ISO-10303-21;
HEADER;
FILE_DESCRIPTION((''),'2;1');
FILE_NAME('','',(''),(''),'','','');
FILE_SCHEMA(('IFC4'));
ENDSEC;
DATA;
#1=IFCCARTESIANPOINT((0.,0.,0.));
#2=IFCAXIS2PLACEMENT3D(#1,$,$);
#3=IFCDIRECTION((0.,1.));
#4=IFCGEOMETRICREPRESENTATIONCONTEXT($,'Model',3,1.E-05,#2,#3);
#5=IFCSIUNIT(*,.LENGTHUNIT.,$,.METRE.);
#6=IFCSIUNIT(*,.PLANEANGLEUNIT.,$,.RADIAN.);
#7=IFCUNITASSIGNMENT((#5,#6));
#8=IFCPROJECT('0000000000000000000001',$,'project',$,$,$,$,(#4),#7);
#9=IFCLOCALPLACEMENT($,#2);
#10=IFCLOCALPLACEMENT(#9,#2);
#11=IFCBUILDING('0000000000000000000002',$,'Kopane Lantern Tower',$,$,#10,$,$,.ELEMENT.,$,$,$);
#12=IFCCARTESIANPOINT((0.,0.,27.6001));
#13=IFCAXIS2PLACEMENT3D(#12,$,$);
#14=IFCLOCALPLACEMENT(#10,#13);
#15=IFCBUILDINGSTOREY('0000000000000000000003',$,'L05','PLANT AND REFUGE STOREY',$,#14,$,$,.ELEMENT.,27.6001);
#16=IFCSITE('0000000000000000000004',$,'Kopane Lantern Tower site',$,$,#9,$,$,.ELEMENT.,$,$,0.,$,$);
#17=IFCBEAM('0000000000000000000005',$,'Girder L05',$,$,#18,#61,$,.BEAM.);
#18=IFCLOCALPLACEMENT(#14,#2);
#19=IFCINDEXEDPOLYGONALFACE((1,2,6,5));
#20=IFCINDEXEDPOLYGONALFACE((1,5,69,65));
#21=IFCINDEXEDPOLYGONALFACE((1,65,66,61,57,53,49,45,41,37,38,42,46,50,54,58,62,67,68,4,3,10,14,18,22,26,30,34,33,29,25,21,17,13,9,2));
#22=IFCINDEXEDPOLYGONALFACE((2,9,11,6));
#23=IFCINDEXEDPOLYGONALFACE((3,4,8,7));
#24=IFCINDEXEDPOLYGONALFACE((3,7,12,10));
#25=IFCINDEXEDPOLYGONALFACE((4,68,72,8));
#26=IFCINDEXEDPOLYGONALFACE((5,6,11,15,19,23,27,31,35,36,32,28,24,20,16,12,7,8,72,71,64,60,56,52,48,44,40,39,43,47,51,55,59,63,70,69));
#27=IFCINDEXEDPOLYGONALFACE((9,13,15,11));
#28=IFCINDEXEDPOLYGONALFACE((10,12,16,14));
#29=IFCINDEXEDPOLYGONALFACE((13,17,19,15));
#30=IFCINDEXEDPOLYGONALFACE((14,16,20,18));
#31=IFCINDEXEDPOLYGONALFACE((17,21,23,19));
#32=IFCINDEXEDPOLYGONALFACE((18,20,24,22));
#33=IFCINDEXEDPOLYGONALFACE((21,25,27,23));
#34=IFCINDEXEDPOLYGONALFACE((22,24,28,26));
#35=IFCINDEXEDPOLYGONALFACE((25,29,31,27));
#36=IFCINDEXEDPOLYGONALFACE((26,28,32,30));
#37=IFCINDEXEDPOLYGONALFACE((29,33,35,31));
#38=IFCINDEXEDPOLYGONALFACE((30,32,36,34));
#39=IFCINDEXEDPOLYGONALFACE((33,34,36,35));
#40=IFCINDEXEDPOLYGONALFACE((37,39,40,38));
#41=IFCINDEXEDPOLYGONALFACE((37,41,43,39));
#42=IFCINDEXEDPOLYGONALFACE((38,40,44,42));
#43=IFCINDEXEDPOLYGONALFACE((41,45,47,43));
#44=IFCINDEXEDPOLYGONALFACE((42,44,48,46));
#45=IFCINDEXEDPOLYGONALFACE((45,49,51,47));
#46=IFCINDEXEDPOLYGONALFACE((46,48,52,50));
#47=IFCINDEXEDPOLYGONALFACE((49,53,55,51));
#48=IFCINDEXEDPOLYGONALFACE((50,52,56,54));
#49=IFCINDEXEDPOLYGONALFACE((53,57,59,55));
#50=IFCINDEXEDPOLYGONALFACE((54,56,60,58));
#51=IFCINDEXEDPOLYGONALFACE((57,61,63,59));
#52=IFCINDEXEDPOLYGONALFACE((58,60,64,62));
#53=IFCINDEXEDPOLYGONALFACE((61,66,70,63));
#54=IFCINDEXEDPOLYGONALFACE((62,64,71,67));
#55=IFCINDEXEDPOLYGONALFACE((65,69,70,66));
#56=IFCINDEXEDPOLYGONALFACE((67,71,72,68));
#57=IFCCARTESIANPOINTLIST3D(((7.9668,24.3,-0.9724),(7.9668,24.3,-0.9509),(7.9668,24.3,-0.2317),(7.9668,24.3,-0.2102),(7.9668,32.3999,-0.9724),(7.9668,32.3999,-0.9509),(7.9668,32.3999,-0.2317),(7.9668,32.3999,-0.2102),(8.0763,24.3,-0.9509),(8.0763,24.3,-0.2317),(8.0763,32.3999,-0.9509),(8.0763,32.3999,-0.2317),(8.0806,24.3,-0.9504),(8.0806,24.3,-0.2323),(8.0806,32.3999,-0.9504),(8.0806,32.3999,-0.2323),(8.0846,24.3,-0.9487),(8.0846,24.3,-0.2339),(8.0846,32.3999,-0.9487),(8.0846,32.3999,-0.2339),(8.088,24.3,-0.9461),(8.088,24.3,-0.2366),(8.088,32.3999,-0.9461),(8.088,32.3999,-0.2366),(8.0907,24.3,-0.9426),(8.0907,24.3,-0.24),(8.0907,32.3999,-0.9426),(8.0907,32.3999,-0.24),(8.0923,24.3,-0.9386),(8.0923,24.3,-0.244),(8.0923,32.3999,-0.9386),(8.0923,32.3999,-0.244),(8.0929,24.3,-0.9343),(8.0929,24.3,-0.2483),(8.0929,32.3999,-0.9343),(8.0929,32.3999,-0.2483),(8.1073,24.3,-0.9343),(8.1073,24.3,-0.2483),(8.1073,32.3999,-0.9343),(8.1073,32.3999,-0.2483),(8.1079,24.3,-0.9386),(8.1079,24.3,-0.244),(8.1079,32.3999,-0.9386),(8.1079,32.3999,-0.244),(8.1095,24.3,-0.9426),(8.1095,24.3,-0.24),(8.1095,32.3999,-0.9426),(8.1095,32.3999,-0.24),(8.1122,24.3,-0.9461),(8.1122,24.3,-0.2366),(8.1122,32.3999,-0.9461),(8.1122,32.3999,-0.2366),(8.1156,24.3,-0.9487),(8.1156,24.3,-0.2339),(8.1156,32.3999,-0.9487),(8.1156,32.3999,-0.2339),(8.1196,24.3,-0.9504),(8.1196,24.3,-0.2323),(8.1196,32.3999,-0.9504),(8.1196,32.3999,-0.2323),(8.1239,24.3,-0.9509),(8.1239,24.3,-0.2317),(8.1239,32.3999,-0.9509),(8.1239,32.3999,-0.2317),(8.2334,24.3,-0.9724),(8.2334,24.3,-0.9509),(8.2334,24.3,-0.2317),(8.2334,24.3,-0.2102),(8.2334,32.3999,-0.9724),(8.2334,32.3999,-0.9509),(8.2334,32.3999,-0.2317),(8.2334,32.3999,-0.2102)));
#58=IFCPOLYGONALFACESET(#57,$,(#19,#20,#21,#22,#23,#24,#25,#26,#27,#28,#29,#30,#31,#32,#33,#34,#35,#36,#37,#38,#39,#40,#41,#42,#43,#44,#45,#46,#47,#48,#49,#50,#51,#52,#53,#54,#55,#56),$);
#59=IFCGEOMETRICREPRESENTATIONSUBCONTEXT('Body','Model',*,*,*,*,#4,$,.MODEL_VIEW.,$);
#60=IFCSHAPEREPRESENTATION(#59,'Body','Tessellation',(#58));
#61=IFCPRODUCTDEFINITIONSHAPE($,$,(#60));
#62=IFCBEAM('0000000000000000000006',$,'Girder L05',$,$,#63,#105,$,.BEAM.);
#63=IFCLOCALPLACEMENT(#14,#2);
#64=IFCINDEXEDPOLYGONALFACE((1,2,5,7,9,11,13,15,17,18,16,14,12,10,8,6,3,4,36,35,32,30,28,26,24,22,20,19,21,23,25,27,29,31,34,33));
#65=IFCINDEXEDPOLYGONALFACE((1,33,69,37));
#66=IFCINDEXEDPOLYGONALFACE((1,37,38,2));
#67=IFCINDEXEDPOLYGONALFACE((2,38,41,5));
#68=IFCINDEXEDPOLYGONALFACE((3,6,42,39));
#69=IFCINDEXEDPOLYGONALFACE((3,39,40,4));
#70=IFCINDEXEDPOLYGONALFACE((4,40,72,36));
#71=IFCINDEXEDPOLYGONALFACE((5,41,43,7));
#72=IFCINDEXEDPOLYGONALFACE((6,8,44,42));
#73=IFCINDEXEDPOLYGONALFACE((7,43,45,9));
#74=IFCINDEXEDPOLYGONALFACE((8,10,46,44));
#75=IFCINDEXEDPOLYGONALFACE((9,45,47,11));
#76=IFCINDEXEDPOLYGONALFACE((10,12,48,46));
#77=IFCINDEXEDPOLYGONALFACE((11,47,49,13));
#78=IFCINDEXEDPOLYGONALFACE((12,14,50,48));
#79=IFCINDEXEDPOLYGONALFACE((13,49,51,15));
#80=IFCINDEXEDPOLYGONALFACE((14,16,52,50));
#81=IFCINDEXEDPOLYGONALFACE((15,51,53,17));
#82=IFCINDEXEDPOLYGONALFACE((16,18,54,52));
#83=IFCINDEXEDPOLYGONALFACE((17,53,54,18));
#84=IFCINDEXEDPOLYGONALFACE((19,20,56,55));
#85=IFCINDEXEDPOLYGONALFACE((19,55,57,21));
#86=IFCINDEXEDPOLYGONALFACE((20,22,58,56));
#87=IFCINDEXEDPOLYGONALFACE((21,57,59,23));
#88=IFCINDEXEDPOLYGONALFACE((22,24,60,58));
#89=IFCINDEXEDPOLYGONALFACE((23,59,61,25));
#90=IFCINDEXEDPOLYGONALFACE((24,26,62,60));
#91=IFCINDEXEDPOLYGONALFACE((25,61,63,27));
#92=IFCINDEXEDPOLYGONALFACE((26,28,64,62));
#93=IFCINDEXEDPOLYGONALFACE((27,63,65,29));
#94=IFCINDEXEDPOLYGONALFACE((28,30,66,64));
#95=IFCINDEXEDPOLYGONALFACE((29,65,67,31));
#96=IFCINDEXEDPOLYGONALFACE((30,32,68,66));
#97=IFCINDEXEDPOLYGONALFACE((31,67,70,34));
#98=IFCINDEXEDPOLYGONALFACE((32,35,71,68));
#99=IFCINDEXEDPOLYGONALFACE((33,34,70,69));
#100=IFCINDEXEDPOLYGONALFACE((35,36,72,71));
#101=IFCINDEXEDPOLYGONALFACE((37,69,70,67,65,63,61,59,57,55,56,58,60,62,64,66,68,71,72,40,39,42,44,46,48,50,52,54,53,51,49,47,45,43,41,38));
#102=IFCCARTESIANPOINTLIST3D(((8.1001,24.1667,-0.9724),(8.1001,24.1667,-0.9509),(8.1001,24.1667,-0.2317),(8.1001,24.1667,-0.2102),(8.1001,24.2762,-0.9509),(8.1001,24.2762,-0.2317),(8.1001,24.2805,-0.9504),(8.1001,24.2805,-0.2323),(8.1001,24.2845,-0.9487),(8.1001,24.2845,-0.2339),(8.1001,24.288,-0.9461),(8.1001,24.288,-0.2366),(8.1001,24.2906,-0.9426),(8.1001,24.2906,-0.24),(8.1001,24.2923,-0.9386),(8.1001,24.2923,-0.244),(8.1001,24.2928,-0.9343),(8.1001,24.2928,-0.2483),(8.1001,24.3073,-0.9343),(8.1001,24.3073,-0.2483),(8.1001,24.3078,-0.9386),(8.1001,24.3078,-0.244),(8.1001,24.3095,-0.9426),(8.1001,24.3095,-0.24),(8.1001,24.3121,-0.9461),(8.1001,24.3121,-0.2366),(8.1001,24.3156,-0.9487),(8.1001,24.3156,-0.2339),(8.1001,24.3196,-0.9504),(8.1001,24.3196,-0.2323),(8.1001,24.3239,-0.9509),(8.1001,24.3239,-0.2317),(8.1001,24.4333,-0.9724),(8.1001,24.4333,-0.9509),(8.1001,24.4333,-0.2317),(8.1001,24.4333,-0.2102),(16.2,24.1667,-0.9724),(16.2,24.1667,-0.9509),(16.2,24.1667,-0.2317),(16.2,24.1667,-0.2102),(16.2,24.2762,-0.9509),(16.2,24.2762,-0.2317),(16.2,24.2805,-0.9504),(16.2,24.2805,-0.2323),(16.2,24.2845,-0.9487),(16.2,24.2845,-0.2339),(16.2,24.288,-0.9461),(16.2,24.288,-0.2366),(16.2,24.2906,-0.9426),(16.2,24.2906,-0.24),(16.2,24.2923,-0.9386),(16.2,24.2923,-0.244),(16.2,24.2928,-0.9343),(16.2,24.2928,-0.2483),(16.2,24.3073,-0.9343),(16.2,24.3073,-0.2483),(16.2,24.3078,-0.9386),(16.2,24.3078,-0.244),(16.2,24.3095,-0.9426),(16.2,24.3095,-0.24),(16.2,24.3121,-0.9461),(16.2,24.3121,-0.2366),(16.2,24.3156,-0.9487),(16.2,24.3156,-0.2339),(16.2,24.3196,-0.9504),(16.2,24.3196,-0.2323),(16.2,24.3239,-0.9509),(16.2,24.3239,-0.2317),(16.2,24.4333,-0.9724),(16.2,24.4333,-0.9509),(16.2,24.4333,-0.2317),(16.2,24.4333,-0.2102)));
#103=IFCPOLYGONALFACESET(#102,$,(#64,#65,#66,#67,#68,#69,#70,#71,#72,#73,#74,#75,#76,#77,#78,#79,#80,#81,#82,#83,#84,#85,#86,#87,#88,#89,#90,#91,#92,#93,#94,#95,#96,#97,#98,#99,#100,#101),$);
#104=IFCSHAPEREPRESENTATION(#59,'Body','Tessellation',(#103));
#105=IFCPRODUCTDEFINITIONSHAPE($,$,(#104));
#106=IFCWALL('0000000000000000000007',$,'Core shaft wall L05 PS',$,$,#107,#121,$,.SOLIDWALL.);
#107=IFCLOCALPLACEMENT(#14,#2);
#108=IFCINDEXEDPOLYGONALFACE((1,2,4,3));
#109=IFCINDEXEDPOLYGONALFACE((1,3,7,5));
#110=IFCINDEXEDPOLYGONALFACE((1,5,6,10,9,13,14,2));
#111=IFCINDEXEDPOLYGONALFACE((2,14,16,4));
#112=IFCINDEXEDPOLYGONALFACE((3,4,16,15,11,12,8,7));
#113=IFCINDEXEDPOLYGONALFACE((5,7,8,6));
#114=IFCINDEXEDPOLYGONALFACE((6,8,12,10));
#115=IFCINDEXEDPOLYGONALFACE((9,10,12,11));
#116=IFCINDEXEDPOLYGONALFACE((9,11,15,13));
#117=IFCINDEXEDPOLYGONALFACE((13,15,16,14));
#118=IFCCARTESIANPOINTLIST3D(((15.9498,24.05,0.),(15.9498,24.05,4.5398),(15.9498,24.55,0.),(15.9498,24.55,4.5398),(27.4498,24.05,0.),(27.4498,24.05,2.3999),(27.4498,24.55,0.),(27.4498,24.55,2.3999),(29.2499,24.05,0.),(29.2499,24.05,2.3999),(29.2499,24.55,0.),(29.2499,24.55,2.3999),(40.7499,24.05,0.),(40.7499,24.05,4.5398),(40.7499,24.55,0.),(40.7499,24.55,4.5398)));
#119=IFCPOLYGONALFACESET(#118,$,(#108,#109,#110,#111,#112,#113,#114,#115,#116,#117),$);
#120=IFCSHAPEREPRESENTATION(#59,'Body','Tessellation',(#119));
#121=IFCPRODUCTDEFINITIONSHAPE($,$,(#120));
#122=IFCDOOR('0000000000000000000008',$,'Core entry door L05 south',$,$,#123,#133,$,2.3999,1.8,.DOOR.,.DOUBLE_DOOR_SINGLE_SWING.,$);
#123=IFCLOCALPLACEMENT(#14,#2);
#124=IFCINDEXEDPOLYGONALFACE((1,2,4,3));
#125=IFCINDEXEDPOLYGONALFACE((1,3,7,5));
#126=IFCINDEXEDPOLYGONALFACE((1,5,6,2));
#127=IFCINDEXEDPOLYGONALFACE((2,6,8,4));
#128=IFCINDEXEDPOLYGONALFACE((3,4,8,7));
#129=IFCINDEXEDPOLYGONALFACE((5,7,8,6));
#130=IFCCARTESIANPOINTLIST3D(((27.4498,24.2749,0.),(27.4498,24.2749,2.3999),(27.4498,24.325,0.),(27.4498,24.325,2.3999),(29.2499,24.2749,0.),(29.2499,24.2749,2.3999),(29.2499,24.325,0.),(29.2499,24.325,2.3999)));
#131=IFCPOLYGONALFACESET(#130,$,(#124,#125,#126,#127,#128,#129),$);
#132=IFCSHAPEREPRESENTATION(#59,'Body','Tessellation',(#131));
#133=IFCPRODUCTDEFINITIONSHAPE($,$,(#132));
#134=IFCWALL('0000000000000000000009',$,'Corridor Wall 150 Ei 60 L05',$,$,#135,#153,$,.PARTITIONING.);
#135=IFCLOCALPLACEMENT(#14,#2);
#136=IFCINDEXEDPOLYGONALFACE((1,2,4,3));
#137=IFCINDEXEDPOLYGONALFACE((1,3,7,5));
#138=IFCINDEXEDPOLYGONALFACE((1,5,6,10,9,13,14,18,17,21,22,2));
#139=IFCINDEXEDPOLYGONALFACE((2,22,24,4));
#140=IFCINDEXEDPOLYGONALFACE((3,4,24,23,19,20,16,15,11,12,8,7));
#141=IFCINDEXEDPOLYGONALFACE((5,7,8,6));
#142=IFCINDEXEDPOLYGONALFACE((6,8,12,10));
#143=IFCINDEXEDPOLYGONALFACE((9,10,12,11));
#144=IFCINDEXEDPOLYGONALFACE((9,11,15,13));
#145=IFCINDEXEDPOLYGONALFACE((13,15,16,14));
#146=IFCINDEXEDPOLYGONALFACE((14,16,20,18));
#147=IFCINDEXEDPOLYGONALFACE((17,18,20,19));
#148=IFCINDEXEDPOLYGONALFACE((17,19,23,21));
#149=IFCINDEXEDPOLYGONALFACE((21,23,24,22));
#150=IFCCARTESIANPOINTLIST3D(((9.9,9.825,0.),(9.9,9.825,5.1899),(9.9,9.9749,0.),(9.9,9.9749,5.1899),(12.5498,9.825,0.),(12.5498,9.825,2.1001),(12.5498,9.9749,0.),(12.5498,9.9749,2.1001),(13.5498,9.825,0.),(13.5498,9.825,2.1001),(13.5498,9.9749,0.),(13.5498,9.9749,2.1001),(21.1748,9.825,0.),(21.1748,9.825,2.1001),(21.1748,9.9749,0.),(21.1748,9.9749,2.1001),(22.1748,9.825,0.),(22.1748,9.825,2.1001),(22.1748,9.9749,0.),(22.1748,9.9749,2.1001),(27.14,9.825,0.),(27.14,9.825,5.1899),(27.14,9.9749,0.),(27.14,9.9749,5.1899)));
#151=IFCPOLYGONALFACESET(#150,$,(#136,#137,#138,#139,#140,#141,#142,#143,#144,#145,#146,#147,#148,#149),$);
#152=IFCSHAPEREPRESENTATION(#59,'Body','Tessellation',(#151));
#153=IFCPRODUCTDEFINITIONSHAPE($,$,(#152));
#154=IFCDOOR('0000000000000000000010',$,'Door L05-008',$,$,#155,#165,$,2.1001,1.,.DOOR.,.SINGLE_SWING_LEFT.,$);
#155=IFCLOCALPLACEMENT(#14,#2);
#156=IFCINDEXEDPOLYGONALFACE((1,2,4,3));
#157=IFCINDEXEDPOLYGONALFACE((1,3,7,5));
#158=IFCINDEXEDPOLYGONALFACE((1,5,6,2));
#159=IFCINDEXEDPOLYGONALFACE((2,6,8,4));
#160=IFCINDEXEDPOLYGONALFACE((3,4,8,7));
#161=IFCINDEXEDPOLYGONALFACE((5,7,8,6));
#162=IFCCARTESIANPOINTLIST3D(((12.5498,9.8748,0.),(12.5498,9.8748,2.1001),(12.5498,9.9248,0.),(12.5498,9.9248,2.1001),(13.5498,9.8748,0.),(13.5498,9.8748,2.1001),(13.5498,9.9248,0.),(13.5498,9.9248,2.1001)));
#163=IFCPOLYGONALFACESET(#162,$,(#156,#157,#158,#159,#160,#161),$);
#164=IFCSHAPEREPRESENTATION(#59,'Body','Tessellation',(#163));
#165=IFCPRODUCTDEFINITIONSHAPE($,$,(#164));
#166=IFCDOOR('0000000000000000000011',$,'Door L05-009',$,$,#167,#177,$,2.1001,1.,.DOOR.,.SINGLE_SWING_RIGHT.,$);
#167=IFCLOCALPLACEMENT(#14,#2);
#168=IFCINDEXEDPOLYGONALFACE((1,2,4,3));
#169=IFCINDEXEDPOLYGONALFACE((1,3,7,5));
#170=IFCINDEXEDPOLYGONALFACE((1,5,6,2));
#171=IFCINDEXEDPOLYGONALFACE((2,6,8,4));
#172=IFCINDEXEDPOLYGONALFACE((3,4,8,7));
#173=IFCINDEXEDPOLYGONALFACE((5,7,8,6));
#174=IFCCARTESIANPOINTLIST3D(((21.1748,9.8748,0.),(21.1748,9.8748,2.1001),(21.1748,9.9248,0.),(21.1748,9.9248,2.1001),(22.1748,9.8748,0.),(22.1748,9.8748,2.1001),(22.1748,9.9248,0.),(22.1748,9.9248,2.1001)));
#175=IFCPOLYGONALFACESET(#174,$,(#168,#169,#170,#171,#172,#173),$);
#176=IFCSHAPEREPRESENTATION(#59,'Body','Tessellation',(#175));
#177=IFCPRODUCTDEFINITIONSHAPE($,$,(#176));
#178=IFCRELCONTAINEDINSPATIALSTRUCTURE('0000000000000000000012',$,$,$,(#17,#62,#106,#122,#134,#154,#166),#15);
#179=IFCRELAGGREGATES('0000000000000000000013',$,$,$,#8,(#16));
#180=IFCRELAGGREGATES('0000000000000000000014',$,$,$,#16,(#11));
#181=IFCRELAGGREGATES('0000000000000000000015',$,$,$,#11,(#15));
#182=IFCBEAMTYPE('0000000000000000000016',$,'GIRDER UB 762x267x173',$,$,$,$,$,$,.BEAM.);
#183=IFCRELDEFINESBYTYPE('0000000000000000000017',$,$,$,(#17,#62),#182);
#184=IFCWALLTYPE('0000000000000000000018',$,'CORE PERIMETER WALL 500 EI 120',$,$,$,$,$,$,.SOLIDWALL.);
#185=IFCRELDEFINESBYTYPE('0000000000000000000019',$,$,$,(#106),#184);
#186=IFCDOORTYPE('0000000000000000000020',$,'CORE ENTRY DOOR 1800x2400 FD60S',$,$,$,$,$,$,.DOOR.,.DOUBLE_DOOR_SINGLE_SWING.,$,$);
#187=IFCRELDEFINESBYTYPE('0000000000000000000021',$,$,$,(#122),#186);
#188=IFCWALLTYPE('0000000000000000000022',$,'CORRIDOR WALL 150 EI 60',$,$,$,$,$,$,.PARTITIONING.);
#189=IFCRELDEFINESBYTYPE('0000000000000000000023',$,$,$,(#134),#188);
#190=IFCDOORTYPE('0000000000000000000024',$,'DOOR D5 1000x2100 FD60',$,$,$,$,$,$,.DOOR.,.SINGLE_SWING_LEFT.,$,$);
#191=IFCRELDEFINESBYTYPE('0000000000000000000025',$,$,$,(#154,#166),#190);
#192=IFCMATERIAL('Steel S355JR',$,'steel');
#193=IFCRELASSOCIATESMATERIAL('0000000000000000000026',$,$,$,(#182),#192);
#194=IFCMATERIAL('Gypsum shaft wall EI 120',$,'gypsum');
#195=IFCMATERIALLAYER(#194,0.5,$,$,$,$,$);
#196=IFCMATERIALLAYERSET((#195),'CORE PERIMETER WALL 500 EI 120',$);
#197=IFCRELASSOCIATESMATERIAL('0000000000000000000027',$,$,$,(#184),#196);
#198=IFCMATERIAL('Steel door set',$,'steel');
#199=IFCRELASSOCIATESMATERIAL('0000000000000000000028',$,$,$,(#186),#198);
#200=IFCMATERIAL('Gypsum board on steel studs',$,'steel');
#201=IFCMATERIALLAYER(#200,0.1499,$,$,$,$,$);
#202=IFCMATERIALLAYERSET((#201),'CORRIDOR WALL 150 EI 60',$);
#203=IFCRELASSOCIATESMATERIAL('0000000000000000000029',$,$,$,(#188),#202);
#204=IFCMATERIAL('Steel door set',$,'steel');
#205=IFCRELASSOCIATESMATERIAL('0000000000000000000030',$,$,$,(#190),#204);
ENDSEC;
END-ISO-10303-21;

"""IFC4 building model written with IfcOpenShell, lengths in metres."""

from ifc_helpers import new_model, si_unit, direction, frame, frame_2d, origin, origin_2d, place, context, subcontext, project, spatial, rectangle, i_section, extrude, material, layer, layer_set, material_profile, profile_set, type_object, element, fill, save


model = new_model("IFC4")

# Units and contexts
model_context = context("Model", 3, precision=1e-05, world=origin(), true_north=direction((0.0, 1.0)))
body_context = subcontext(model_context, "Body", "Model", "MODEL_VIEW")
ifc_project = project(units=[si_unit("LENGTHUNIT", "METRE"), si_unit("PLANEANGLEUNIT", "RADIAN")], contexts=[model_context])

# Site, building, storey
site_placement = place(None, origin())
site = spatial("IfcSite", under=ifc_project, at=site_placement, Name="Kopane Lantern Tower site", CompositionType="ELEMENT", RefElevation=0.0)
building_placement = place(site_placement, origin())
building = spatial("IfcBuilding", under=site, at=building_placement, Name="Kopane Lantern Tower", CompositionType="ELEMENT")
storey_placement = place(building_placement, frame((0.0, 0.0, 27.6001)))
storey = spatial("IfcBuildingStorey", under=building, at=storey_placement, Name="L05", Description="PLANT AND REFUGE STOREY", CompositionType="ELEMENT", Elevation=27.6001)

# Beams
ifc_material_1 = material(Name="Steel S355JR", Category="steel")
ifc_material_profile_1 = material_profile(ifc_material_1, i_section(OverallWidth=0.2666, OverallDepth=0.7622, WebThickness=0.0144, FlangeThickness=0.0215, FilletRadius=0.0166, at=origin_2d()), Name="UB 762x267x173")
ifc_profile_set_1 = profile_set([ifc_material_profile_1], Name="Steel S355JR")
beam_type = type_object("IfcBeamType", Name="GIRDER UB 762x267x173", PredefinedType="BEAM", material=ifc_profile_set_1)
for number, where, z_axis, x_axis, name in (
    (1, (8.1001, 24.3, -0.5913), (0.0, 1.0, 0.0), (-1.0, 0.0, 0.0), "Girder L05"),
    (2, (8.1001, 24.3, -0.5913), (1.0, 0.0, 0.0), (0.0, 1.0, 0.0), "Girder L05"),
):
    element("IfcBeam", number, at=place(storey_placement, frame(where, z_axis=z_axis, x_axis=x_axis)), inside=storey, type_object=beam_type, Name=name, PredefinedType="BEAM", context=body_context, shape_type="SweptSolid", body=[
        extrude(i_section(OverallWidth=0.2666, OverallDepth=0.7622, WebThickness=0.0144, FlangeThickness=0.0215, FilletRadius=0.0166, at=origin_2d()), origin(), (0.0, 0.0, 1.0), 8.0999),
    ])

# Wall, opening, door
ifc_material_2 = material(Name="Gypsum shaft wall EI 120", Category="gypsum")
ifc_layer_1 = layer(ifc_material_2, 0.5)
ifc_layer_set_1 = layer_set([ifc_layer_1], Name="CORE PERIMETER WALL 500 EI 120")
wall_type_1 = type_object("IfcWallType", Name="CORE PERIMETER WALL 500 EI 120", PredefinedType="SOLIDWALL", material=ifc_layer_set_1)
wall_1_placement = place(storey_placement, frame((15.95, 24.3, 0.0), z_axis=(0.0, 0.0, 1.0), x_axis=(1.0, 0.0, 0.0)))
wall_1 = element("IfcWall", 3, at=wall_1_placement, inside=storey, type_object=wall_type_1, Name="Core shaft wall L05 PS", PredefinedType="SOLIDWALL", context=body_context, shape_type="SweptSolid", body=[
    extrude(rectangle(XDim=24.8, YDim=0.5, at=frame_2d((12.3999, 0.0))), origin(), (0.0, 0.0, 1.0), 4.5398),
])
opening_1_placement = place(wall_1_placement, frame((11.5, 0.0, 0.0)))
opening_1 = element("IfcOpeningElement", 4, at=opening_1_placement, cuts=wall_1, PredefinedType="OPENING", context=body_context, shape_type="SweptSolid", body=[
    extrude(rectangle(XDim=1.8, YDim=2.3999, at=frame_2d((0.8999, 1.2))), frame((0.0, 0.26, 0.0), z_axis=(0.0, -1.0, 0.0), x_axis=(1.0, 0.0, 0.0)), (0.0, 0.0, 1.0), 0.52),
])
ifc_material_3 = material(Name="Steel door set", Category="steel")
door_type_1 = type_object("IfcDoorType", Name="CORE ENTRY DOOR 1800x2400 FD60S", OperationType="DOUBLE_DOOR_SINGLE_SWING", PredefinedType="DOOR", material=ifc_material_3)
door_1_placement = place(opening_1_placement, origin())
door_1 = element("IfcDoor", 5, at=door_1_placement, inside=storey, type_object=door_type_1, Name="Core entry door L05 south", OperationType="DOUBLE_DOOR_SINGLE_SWING", OverallHeight=2.3999, OverallWidth=1.8, PredefinedType="DOOR", context=body_context, shape_type="SweptSolid", body=[
    extrude(rectangle(XDim=1.8, YDim=2.3999, at=frame_2d((0.8999, 1.2))), frame((0.0, 0.0249, 0.0), z_axis=(0.0, -1.0, 0.0), x_axis=(1.0, 0.0, 0.0)), (0.0, 0.0, 1.0), 0.05),
])
fill(opening_1, door_1)

# Wall, openings, doors
ifc_material_4 = material(Name="Gypsum board on steel studs", Category="steel")
ifc_layer_2 = layer(ifc_material_4, 0.1499)
ifc_layer_set_2 = layer_set([ifc_layer_2], Name="CORRIDOR WALL 150 EI 60")
wall_type_2 = type_object("IfcWallType", Name="CORRIDOR WALL 150 EI 60", PredefinedType="PARTITIONING", material=ifc_layer_set_2)
wall_2_placement = place(storey_placement, frame((9.8999, 9.8999, 0.0), z_axis=(0.0, 0.0, 1.0), x_axis=(1.0, 0.0, 0.0)))
wall_2 = element("IfcWall", 6, at=wall_2_placement, inside=storey, type_object=wall_type_2, Name="Corridor Wall 150 Ei 60 L05", PredefinedType="PARTITIONING", context=body_context, shape_type="SweptSolid", body=[
    extrude(rectangle(XDim=17.24, YDim=0.1499, at=frame_2d((8.6201, 0.0))), origin(), (0.0, 0.0, 1.0), 5.1899),
])
opening_2_placement = place(wall_2_placement, frame((2.6499, 0.0, 0.0)))
opening_2 = element("IfcOpeningElement", 7, at=opening_2_placement, cuts=wall_2, PredefinedType="OPENING", context=body_context, shape_type="SweptSolid", body=[
    extrude(rectangle(XDim=1.0, YDim=2.1001, at=frame_2d((0.5, 1.05))), frame((0.0, 0.085, 0.0), z_axis=(0.0, -1.0, 0.0), x_axis=(1.0, 0.0, 0.0)), (0.0, 0.0, 1.0), 0.1699),
])
opening_3_placement = place(wall_2_placement, frame((11.2749, 0.0, 0.0)))
opening_3 = element("IfcOpeningElement", 8, at=opening_3_placement, cuts=wall_2, PredefinedType="OPENING", context=body_context, shape_type="SweptSolid", body=[
    extrude(rectangle(XDim=1.0, YDim=2.1001, at=frame_2d((0.5, 1.05))), frame((0.0, 0.085, 0.0), z_axis=(0.0, -1.0, 0.0), x_axis=(1.0, 0.0, 0.0)), (0.0, 0.0, 1.0), 0.1699),
])
ifc_material_5 = material(Name="Steel door set", Category="steel")
door_type_2 = type_object("IfcDoorType", Name="DOOR D5 1000x2100 FD60", OperationType="SINGLE_SWING_LEFT", PredefinedType="DOOR", material=ifc_material_5)
door_2_placement = place(opening_2_placement, origin())
door_2 = element("IfcDoor", 9, at=door_2_placement, inside=storey, type_object=door_type_2, Name="Door L05-008", OperationType="SINGLE_SWING_LEFT", OverallHeight=2.1001, OverallWidth=1.0, PredefinedType="DOOR", context=body_context, shape_type="SweptSolid", body=[
    extrude(rectangle(XDim=1.0, YDim=2.1001, at=frame_2d((0.5, 1.05))), frame((0.0, 0.0249, 0.0), z_axis=(0.0, -1.0, 0.0), x_axis=(1.0, 0.0, 0.0)), (0.0, 0.0, 1.0), 0.05),
])
fill(opening_2, door_2)
door_3_placement = place(opening_3_placement, origin())
door_3 = element("IfcDoor", 10, at=door_3_placement, inside=storey, type_object=door_type_2, Name="Door L05-009", OperationType="SINGLE_SWING_RIGHT", OverallHeight=2.1001, OverallWidth=1.0, PredefinedType="DOOR", context=body_context, shape_type="SweptSolid", body=[
    extrude(rectangle(XDim=1.0, YDim=2.1001, at=frame_2d((0.5, 1.05))), frame((0.0, 0.0249, 0.0), z_axis=(0.0, -1.0, 0.0), x_axis=(1.0, 0.0, 0.0)), (0.0, 0.0, 1.0), 0.05),
])
fill(opening_3, door_3)

save(model, "model.ifc")
